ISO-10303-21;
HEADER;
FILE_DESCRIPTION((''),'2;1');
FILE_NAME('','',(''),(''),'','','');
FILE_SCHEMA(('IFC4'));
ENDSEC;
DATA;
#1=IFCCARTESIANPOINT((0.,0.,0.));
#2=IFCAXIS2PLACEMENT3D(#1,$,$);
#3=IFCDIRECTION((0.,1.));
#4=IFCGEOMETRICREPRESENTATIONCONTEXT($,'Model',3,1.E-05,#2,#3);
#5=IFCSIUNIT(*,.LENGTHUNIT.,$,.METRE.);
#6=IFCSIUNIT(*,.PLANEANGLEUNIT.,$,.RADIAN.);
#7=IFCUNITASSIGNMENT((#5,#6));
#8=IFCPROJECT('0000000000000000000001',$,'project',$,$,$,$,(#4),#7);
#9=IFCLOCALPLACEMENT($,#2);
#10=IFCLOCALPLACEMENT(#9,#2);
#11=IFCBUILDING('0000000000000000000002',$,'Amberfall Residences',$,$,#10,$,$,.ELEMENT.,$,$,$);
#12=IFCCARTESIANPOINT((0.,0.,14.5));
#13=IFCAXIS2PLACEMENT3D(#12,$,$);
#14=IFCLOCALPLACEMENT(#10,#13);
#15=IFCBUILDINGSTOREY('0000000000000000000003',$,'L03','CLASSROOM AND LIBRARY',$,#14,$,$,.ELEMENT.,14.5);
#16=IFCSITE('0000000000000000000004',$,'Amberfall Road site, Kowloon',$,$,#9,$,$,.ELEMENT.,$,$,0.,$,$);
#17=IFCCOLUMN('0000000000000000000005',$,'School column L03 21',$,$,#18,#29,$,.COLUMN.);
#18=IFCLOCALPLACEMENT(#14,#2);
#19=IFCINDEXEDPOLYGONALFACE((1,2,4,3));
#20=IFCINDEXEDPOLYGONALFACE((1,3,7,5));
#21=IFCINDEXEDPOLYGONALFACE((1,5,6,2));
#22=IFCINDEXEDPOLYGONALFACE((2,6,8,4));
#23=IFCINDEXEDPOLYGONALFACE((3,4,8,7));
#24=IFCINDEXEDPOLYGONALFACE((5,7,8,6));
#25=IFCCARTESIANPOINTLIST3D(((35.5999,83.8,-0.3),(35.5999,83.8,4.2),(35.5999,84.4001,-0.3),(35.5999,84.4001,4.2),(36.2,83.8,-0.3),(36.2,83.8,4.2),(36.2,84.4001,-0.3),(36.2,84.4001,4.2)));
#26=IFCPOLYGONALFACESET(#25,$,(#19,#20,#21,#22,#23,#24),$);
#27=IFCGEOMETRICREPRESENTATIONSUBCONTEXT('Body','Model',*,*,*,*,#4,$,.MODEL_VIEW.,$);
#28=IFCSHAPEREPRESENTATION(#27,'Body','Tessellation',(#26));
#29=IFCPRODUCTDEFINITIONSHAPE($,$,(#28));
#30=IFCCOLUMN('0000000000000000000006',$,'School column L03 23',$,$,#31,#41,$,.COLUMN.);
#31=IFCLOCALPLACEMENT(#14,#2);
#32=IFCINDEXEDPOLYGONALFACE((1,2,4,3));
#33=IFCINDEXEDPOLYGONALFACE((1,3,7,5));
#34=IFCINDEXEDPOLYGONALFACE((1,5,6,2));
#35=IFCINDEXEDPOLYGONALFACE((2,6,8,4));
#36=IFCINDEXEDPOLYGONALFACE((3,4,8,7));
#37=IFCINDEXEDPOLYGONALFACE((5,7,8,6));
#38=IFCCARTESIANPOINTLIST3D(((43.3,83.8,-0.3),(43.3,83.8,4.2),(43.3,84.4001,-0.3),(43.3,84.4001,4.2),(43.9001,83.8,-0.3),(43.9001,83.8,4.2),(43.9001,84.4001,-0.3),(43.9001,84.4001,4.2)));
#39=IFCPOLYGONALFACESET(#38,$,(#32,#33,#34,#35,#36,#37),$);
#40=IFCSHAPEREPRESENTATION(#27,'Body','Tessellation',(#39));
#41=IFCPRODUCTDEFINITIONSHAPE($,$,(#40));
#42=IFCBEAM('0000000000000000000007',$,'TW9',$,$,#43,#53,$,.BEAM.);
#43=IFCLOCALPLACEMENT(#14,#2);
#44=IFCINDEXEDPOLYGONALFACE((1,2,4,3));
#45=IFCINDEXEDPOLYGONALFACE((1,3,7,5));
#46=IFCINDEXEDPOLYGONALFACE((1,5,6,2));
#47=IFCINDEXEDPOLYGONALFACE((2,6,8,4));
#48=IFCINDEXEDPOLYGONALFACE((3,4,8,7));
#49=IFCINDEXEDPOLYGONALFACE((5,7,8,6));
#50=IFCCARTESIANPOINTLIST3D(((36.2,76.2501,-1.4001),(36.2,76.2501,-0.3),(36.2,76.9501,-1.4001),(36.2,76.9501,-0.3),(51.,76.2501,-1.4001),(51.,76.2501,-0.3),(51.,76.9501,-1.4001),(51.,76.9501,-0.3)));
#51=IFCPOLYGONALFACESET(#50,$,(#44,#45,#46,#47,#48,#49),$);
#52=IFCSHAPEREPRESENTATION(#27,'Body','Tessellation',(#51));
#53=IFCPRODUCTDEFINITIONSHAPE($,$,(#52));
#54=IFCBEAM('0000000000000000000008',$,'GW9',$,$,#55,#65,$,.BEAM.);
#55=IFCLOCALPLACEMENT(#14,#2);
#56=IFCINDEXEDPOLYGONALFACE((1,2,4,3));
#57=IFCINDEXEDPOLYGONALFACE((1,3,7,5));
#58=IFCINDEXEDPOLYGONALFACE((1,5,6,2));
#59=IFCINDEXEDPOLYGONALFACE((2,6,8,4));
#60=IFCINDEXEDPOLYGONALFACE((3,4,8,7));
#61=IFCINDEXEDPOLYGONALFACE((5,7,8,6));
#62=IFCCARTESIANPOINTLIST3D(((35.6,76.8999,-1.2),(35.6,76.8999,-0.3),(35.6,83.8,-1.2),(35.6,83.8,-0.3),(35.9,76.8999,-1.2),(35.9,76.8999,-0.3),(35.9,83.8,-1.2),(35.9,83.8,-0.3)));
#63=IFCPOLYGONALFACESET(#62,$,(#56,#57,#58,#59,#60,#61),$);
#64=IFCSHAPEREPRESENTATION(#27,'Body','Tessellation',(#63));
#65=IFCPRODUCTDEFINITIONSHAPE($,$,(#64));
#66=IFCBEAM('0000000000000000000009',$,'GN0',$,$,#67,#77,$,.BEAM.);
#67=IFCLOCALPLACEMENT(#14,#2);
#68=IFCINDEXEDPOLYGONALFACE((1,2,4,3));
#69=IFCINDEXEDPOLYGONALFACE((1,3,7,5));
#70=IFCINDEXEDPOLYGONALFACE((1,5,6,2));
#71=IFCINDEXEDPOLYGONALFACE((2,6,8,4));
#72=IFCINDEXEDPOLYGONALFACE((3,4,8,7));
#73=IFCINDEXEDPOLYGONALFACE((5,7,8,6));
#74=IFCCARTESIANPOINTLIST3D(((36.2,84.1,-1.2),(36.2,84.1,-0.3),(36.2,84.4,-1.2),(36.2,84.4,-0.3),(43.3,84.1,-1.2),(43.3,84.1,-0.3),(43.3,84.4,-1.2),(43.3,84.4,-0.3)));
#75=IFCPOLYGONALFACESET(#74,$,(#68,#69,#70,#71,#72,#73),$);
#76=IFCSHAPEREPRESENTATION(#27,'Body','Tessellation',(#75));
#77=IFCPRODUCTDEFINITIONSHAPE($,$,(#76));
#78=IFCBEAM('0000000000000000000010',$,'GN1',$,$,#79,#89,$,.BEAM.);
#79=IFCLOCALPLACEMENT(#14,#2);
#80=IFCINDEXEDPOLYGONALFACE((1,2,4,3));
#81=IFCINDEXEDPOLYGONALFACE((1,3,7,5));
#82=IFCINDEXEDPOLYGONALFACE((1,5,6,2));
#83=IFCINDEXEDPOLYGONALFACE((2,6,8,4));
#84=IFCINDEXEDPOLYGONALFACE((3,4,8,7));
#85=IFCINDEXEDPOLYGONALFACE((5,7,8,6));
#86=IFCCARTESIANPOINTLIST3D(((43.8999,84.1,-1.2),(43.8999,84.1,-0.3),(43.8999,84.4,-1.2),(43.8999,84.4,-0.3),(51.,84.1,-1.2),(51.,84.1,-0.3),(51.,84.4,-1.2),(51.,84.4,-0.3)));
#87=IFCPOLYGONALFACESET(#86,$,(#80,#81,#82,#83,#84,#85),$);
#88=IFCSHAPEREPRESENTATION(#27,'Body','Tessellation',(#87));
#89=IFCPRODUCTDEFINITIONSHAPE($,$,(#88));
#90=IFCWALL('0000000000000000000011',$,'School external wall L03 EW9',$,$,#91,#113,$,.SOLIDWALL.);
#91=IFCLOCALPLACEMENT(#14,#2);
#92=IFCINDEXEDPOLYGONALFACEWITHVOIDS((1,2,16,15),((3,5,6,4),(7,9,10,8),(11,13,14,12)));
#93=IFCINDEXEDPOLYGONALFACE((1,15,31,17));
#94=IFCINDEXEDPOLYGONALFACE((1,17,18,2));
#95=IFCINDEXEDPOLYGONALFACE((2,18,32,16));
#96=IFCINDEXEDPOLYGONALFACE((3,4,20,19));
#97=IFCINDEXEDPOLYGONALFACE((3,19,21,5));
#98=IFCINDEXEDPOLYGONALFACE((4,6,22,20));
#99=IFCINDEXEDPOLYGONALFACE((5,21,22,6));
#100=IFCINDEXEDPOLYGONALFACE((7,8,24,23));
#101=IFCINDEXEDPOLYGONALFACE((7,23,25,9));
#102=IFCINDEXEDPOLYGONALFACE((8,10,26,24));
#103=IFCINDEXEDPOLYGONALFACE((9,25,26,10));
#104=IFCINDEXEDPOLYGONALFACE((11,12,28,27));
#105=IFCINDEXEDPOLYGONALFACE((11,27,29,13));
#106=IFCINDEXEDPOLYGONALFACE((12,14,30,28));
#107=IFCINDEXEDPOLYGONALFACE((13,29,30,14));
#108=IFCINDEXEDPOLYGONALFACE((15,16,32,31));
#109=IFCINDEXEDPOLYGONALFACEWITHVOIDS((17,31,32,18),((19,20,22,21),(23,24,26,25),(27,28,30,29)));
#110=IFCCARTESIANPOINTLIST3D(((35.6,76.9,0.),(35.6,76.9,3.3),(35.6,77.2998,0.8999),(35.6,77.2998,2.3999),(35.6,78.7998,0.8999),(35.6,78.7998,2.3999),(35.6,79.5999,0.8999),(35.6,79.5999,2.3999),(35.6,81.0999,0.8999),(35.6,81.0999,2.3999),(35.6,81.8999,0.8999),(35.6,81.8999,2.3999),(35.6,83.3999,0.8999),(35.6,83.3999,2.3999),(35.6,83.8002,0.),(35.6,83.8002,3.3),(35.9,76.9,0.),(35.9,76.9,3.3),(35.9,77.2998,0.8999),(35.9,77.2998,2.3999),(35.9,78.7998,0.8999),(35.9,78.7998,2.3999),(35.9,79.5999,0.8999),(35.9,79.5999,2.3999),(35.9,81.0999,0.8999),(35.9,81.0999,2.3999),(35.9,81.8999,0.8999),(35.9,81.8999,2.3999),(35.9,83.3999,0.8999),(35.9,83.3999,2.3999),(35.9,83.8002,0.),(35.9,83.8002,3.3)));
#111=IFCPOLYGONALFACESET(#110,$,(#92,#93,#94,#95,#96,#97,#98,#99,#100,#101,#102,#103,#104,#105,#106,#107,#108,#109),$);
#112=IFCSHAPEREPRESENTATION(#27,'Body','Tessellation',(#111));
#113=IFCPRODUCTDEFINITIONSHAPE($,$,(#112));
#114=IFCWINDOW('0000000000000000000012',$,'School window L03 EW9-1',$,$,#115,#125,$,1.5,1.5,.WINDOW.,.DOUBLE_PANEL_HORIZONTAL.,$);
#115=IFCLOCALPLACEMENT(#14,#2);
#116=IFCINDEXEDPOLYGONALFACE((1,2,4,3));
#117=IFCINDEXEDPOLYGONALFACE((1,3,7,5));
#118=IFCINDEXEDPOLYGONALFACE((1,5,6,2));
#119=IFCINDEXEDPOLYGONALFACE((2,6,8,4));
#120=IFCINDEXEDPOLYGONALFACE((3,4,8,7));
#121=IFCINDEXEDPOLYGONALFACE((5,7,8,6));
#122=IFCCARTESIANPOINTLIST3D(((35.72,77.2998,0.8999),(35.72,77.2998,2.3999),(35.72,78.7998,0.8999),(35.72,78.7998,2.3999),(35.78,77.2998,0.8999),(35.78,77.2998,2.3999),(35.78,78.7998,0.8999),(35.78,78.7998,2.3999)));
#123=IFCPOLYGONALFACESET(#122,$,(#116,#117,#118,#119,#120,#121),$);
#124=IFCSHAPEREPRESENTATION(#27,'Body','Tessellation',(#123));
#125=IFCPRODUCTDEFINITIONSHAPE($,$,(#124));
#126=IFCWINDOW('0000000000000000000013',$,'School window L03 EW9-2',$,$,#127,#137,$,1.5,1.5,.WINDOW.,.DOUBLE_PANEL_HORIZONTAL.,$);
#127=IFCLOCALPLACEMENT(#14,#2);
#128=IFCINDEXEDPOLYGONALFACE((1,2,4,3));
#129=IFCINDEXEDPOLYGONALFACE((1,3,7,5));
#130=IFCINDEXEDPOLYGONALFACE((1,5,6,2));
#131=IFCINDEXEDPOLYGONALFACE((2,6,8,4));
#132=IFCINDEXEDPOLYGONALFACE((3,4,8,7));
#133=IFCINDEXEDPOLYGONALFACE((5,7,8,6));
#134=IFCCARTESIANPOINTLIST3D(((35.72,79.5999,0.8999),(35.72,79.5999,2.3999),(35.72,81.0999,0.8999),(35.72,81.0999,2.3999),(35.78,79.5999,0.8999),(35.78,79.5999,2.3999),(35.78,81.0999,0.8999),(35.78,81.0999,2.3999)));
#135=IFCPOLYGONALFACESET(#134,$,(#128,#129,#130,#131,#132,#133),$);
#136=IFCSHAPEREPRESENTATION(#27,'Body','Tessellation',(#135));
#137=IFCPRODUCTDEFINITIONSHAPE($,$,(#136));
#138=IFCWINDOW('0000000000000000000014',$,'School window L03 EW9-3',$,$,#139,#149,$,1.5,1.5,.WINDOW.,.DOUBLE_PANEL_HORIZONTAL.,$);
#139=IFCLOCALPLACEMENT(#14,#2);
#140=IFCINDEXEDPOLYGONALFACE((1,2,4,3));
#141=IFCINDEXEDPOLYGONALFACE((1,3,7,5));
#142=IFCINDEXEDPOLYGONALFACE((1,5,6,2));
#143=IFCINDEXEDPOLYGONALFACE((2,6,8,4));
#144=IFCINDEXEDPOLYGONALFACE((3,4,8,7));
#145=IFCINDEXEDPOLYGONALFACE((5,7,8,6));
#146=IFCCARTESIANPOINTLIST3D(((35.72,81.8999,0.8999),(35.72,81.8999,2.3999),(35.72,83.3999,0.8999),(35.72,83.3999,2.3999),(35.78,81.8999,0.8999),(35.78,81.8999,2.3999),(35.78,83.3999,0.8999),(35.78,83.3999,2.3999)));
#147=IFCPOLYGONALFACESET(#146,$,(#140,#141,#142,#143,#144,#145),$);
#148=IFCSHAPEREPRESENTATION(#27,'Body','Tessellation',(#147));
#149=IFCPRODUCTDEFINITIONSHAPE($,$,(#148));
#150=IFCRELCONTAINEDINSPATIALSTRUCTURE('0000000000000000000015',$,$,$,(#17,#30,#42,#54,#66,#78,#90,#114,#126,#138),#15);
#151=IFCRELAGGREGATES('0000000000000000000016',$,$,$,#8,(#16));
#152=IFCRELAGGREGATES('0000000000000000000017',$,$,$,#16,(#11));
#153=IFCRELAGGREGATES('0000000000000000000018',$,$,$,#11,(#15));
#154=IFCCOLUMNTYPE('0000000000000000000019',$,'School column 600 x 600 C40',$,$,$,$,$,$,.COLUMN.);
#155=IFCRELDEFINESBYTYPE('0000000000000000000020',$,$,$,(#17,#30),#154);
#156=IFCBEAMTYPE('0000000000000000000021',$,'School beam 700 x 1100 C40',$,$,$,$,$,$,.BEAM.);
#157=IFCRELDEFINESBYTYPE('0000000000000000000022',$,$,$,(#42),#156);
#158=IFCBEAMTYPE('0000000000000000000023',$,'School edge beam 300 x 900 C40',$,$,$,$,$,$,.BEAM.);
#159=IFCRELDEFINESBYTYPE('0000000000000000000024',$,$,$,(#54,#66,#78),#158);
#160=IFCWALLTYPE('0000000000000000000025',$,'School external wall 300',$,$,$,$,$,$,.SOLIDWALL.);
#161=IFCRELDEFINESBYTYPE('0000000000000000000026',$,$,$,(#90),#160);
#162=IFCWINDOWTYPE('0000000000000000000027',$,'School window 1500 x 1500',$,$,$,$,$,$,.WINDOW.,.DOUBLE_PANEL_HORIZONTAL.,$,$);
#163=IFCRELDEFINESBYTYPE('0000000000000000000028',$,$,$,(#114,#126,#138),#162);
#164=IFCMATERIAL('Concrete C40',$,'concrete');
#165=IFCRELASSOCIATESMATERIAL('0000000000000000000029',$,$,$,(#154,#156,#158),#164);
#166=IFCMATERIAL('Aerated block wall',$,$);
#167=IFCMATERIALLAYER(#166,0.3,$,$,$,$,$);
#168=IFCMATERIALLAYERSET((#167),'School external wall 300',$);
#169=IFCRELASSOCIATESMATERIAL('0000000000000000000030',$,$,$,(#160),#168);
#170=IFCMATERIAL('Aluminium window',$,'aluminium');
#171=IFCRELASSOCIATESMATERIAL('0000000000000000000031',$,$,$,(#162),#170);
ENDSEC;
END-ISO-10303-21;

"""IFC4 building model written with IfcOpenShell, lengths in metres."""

from ifc_helpers import new_model, si_unit, direction, frame, frame_2d, origin, origin_2d, place, context, subcontext, project, spatial, rectangle, extrude, material, layer, layer_set, material_profile, profile_set, type_object, element, fill, save


model = new_model("IFC4")

# Units and contexts
model_context = context("Model", 3, precision=1e-05, world=origin(), true_north=direction((0.0, 1.0)))
body_context = subcontext(model_context, "Body", "Model", "MODEL_VIEW")
ifc_project = project(units=[si_unit("LENGTHUNIT", "METRE"), si_unit("PLANEANGLEUNIT", "RADIAN")], contexts=[model_context])

# Site, building, storey
site_placement = place(None, origin())
site = spatial("IfcSite", under=ifc_project, at=site_placement, Name="Amberfall Road site, Kowloon", CompositionType="ELEMENT", RefElevation=0.0)
building_placement = place(site_placement, origin())
building = spatial("IfcBuilding", under=site, at=building_placement, Name="Amberfall Residences", CompositionType="ELEMENT")
storey_placement = place(building_placement, frame((0.0, 0.0, 14.5)))
storey = spatial("IfcBuildingStorey", under=building, at=storey_placement, Name="L03", Description="CLASSROOM AND LIBRARY", CompositionType="ELEMENT", Elevation=14.5)

# Columns
ifc_material_1 = material(Name="Concrete C40", Category="concrete")
ifc_material_profile_1 = material_profile(ifc_material_1, rectangle(XDim=0.6001, YDim=0.6001, at=origin_2d()), Name="School column 600 x 600 C40")
ifc_profile_set_1 = profile_set([ifc_material_profile_1], Name="Concrete C40")
column_type = type_object("IfcColumnType", Name="School column 600 x 600 C40", PredefinedType="COLUMN", material=ifc_profile_set_1)
for number, where, z_axis, x_axis, name in (
    (1, (35.8999, 84.1001, -0.3), (0.0, 0.0, 1.0), (1.0, 0.0, 0.0), "School column L03 21"),
    (2, (43.6001, 84.1001, -0.3), (0.0, 0.0, 1.0), (1.0, 0.0, 0.0), "School column L03 23"),
):
    element("IfcColumn", number, at=place(storey_placement, frame(where, z_axis=z_axis, x_axis=x_axis)), inside=storey, type_object=column_type, Name=name, PredefinedType="COLUMN", context=body_context, shape_type="SweptSolid", body=[
        extrude(rectangle(XDim=0.6001, YDim=0.6001, at=origin_2d()), origin(), (0.0, 0.0, 1.0), 4.5),
    ])

# Beams
ifc_material_profile_2 = material_profile(ifc_material_1, rectangle(XDim=0.7, YDim=1.1001, at=origin_2d()), Name="School beam 700 x 1100 C40")
ifc_profile_set_2 = profile_set([ifc_material_profile_2], Name="Concrete C40")
beam_type_1 = type_object("IfcBeamType", Name="School beam 700 x 1100 C40", PredefinedType="BEAM", material=ifc_profile_set_2)
beam_1_placement = place(storey_placement, frame((36.2, 76.6001, -0.8501), z_axis=(1.0, 0.0, 0.0), x_axis=(0.0, 1.0, 0.0)))
element("IfcBeam", 3, at=beam_1_placement, inside=storey, type_object=beam_type_1, Name="TW9", PredefinedType="BEAM", context=body_context, shape_type="SweptSolid", body=[
    extrude(rectangle(XDim=0.7, YDim=1.1001, at=origin_2d()), origin(), (0.0, 0.0, 1.0), 14.8),
])
ifc_material_profile_3 = material_profile(ifc_material_1, rectangle(XDim=0.3, YDim=0.8999, at=origin_2d()), Name="School edge beam 300 x 900 C40")
ifc_profile_set_3 = profile_set([ifc_material_profile_3], Name="Concrete C40")
beam_type_2 = type_object("IfcBeamType", Name="School edge beam 300 x 900 C40", PredefinedType="BEAM", material=ifc_profile_set_3)
beam_2_placement = place(storey_placement, frame((35.75, 76.8999, -0.75), z_axis=(0.0, 1.0, 0.0), x_axis=(-1.0, 0.0, 0.0)))
element("IfcBeam", 4, at=beam_2_placement, inside=storey, type_object=beam_type_2, Name="GW9", PredefinedType="BEAM", context=body_context, shape_type="SweptSolid", body=[
    extrude(rectangle(XDim=0.3, YDim=0.8999, at=origin_2d()), origin(), (0.0, 0.0, 1.0), 6.9001),
])
for number, where, z_axis, x_axis, name in (
    (5, (36.2, 84.25, -0.75), (1.0, 0.0, 0.0), (0.0, 1.0, 0.0), "GN0"),
    (6, (43.8999, 84.25, -0.75), (1.0, 0.0, 0.0), (0.0, 1.0, 0.0), "GN1"),
):
    element("IfcBeam", number, at=place(storey_placement, frame(where, z_axis=z_axis, x_axis=x_axis)), inside=storey, type_object=beam_type_2, Name=name, PredefinedType="BEAM", context=body_context, shape_type="SweptSolid", body=[
        extrude(rectangle(XDim=0.3, YDim=0.8999, at=origin_2d()), origin(), (0.0, 0.0, 1.0), 7.1001),
    ])

# Wall, openings, windows
ifc_material_2 = material(Name="Aerated block wall")
ifc_layer_1 = layer(ifc_material_2, 0.3)
ifc_layer_set_1 = layer_set([ifc_layer_1], Name="School external wall 300")
wall_type_1 = type_object("IfcWallType", Name="School external wall 300", PredefinedType="SOLIDWALL", material=ifc_layer_set_1)
wall_1_placement = place(storey_placement, frame((35.75, 76.8999, 0.0), z_axis=(0.0, 0.0, 1.0), x_axis=(0.0, 1.0, 0.0)))
wall_1 = element("IfcWall", 7, at=wall_1_placement, inside=storey, type_object=wall_type_1, Name="School external wall L03 EW9", PredefinedType="SOLIDWALL", context=body_context, shape_type="SweptSolid", body=[
    extrude(rectangle(XDim=6.9001, YDim=0.3, at=frame_2d((3.4502, 0.0))), origin(), (0.0, 0.0, 1.0), 3.3),
])
opening_1_placement = place(wall_1_placement, frame((0.3999, 0.0, 0.8999)))
opening_1 = element("IfcOpeningElement", 8, at=opening_1_placement, cuts=wall_1, PredefinedType="OPENING", context=body_context, shape_type="SweptSolid", body=[
    extrude(rectangle(XDim=1.5, YDim=1.5, at=frame_2d((0.75, 0.75))), frame((0.0, 0.1599, 0.0), z_axis=(0.0, -1.0, 0.0), x_axis=(1.0, 0.0, 0.0)), (0.0, 0.0, 1.0), 0.3201),
])
opening_2_placement = place(wall_1_placement, frame((2.7, 0.0, 0.8999)))
opening_2 = element("IfcOpeningElement", 9, at=opening_2_placement, cuts=wall_1, PredefinedType="OPENING", context=body_context, shape_type="SweptSolid", body=[
    extrude(rectangle(XDim=1.5, YDim=1.5, at=frame_2d((0.75, 0.75))), frame((0.0, 0.1599, 0.0), z_axis=(0.0, -1.0, 0.0), x_axis=(1.0, 0.0, 0.0)), (0.0, 0.0, 1.0), 0.3201),
])
opening_3_placement = place(wall_1_placement, frame((5.0, 0.0, 0.8999)))
opening_3 = element("IfcOpeningElement", 10, at=opening_3_placement, cuts=wall_1, PredefinedType="OPENING", context=body_context, shape_type="SweptSolid", body=[
    extrude(rectangle(XDim=1.5, YDim=1.5, at=frame_2d((0.75, 0.75))), frame((0.0, 0.1599, 0.0), z_axis=(0.0, -1.0, 0.0), x_axis=(1.0, 0.0, 0.0)), (0.0, 0.0, 1.0), 0.3201),
])
ifc_material_3 = material(Name="Aluminium window", Category="aluminium")
window_type = type_object("IfcWindowType", Name="School window 1500 x 1500", PartitioningType="DOUBLE_PANEL_HORIZONTAL", PredefinedType="WINDOW", material=ifc_material_3)
window_1_placement = place(opening_1_placement, origin())
window_1 = element("IfcWindow", 11, at=window_1_placement, inside=storey, type_object=window_type, Name="School window L03 EW9-1", OverallHeight=1.5, OverallWidth=1.5, PartitioningType="DOUBLE_PANEL_HORIZONTAL", PredefinedType="WINDOW", context=body_context, shape_type="SweptSolid", body=[
    extrude(rectangle(XDim=1.5, YDim=1.5, at=frame_2d((0.75, 0.75))), frame((0.0, 0.03, 0.0), z_axis=(0.0, -1.0, 0.0), x_axis=(1.0, 0.0, 0.0)), (0.0, 0.0, 1.0), 0.0601),
])
fill(opening_1, window_1)
window_2_placement = place(opening_2_placement, origin())
window_2 = element("IfcWindow", 12, at=window_2_placement, inside=storey, type_object=window_type, Name="School window L03 EW9-2", OverallHeight=1.5, OverallWidth=1.5, PartitioningType="DOUBLE_PANEL_HORIZONTAL", PredefinedType="WINDOW", context=body_context, shape_type="SweptSolid", body=[
    extrude(rectangle(XDim=1.5, YDim=1.5, at=frame_2d((0.75, 0.75))), frame((0.0, 0.03, 0.0), z_axis=(0.0, -1.0, 0.0), x_axis=(1.0, 0.0, 0.0)), (0.0, 0.0, 1.0), 0.0601),
])
fill(opening_2, window_2)
window_3_placement = place(opening_3_placement, origin())
window_3 = element("IfcWindow", 13, at=window_3_placement, inside=storey, type_object=window_type, Name="School window L03 EW9-3", OverallHeight=1.5, OverallWidth=1.5, PartitioningType="DOUBLE_PANEL_HORIZONTAL", PredefinedType="WINDOW", context=body_context, shape_type="SweptSolid", body=[
    extrude(rectangle(XDim=1.5, YDim=1.5, at=frame_2d((0.75, 0.75))), frame((0.0, 0.03, 0.0), z_axis=(0.0, -1.0, 0.0), x_axis=(1.0, 0.0, 0.0)), (0.0, 0.0, 1.0), 0.0601),
])
fill(opening_3, window_3)

save(model, "model.ifc")
